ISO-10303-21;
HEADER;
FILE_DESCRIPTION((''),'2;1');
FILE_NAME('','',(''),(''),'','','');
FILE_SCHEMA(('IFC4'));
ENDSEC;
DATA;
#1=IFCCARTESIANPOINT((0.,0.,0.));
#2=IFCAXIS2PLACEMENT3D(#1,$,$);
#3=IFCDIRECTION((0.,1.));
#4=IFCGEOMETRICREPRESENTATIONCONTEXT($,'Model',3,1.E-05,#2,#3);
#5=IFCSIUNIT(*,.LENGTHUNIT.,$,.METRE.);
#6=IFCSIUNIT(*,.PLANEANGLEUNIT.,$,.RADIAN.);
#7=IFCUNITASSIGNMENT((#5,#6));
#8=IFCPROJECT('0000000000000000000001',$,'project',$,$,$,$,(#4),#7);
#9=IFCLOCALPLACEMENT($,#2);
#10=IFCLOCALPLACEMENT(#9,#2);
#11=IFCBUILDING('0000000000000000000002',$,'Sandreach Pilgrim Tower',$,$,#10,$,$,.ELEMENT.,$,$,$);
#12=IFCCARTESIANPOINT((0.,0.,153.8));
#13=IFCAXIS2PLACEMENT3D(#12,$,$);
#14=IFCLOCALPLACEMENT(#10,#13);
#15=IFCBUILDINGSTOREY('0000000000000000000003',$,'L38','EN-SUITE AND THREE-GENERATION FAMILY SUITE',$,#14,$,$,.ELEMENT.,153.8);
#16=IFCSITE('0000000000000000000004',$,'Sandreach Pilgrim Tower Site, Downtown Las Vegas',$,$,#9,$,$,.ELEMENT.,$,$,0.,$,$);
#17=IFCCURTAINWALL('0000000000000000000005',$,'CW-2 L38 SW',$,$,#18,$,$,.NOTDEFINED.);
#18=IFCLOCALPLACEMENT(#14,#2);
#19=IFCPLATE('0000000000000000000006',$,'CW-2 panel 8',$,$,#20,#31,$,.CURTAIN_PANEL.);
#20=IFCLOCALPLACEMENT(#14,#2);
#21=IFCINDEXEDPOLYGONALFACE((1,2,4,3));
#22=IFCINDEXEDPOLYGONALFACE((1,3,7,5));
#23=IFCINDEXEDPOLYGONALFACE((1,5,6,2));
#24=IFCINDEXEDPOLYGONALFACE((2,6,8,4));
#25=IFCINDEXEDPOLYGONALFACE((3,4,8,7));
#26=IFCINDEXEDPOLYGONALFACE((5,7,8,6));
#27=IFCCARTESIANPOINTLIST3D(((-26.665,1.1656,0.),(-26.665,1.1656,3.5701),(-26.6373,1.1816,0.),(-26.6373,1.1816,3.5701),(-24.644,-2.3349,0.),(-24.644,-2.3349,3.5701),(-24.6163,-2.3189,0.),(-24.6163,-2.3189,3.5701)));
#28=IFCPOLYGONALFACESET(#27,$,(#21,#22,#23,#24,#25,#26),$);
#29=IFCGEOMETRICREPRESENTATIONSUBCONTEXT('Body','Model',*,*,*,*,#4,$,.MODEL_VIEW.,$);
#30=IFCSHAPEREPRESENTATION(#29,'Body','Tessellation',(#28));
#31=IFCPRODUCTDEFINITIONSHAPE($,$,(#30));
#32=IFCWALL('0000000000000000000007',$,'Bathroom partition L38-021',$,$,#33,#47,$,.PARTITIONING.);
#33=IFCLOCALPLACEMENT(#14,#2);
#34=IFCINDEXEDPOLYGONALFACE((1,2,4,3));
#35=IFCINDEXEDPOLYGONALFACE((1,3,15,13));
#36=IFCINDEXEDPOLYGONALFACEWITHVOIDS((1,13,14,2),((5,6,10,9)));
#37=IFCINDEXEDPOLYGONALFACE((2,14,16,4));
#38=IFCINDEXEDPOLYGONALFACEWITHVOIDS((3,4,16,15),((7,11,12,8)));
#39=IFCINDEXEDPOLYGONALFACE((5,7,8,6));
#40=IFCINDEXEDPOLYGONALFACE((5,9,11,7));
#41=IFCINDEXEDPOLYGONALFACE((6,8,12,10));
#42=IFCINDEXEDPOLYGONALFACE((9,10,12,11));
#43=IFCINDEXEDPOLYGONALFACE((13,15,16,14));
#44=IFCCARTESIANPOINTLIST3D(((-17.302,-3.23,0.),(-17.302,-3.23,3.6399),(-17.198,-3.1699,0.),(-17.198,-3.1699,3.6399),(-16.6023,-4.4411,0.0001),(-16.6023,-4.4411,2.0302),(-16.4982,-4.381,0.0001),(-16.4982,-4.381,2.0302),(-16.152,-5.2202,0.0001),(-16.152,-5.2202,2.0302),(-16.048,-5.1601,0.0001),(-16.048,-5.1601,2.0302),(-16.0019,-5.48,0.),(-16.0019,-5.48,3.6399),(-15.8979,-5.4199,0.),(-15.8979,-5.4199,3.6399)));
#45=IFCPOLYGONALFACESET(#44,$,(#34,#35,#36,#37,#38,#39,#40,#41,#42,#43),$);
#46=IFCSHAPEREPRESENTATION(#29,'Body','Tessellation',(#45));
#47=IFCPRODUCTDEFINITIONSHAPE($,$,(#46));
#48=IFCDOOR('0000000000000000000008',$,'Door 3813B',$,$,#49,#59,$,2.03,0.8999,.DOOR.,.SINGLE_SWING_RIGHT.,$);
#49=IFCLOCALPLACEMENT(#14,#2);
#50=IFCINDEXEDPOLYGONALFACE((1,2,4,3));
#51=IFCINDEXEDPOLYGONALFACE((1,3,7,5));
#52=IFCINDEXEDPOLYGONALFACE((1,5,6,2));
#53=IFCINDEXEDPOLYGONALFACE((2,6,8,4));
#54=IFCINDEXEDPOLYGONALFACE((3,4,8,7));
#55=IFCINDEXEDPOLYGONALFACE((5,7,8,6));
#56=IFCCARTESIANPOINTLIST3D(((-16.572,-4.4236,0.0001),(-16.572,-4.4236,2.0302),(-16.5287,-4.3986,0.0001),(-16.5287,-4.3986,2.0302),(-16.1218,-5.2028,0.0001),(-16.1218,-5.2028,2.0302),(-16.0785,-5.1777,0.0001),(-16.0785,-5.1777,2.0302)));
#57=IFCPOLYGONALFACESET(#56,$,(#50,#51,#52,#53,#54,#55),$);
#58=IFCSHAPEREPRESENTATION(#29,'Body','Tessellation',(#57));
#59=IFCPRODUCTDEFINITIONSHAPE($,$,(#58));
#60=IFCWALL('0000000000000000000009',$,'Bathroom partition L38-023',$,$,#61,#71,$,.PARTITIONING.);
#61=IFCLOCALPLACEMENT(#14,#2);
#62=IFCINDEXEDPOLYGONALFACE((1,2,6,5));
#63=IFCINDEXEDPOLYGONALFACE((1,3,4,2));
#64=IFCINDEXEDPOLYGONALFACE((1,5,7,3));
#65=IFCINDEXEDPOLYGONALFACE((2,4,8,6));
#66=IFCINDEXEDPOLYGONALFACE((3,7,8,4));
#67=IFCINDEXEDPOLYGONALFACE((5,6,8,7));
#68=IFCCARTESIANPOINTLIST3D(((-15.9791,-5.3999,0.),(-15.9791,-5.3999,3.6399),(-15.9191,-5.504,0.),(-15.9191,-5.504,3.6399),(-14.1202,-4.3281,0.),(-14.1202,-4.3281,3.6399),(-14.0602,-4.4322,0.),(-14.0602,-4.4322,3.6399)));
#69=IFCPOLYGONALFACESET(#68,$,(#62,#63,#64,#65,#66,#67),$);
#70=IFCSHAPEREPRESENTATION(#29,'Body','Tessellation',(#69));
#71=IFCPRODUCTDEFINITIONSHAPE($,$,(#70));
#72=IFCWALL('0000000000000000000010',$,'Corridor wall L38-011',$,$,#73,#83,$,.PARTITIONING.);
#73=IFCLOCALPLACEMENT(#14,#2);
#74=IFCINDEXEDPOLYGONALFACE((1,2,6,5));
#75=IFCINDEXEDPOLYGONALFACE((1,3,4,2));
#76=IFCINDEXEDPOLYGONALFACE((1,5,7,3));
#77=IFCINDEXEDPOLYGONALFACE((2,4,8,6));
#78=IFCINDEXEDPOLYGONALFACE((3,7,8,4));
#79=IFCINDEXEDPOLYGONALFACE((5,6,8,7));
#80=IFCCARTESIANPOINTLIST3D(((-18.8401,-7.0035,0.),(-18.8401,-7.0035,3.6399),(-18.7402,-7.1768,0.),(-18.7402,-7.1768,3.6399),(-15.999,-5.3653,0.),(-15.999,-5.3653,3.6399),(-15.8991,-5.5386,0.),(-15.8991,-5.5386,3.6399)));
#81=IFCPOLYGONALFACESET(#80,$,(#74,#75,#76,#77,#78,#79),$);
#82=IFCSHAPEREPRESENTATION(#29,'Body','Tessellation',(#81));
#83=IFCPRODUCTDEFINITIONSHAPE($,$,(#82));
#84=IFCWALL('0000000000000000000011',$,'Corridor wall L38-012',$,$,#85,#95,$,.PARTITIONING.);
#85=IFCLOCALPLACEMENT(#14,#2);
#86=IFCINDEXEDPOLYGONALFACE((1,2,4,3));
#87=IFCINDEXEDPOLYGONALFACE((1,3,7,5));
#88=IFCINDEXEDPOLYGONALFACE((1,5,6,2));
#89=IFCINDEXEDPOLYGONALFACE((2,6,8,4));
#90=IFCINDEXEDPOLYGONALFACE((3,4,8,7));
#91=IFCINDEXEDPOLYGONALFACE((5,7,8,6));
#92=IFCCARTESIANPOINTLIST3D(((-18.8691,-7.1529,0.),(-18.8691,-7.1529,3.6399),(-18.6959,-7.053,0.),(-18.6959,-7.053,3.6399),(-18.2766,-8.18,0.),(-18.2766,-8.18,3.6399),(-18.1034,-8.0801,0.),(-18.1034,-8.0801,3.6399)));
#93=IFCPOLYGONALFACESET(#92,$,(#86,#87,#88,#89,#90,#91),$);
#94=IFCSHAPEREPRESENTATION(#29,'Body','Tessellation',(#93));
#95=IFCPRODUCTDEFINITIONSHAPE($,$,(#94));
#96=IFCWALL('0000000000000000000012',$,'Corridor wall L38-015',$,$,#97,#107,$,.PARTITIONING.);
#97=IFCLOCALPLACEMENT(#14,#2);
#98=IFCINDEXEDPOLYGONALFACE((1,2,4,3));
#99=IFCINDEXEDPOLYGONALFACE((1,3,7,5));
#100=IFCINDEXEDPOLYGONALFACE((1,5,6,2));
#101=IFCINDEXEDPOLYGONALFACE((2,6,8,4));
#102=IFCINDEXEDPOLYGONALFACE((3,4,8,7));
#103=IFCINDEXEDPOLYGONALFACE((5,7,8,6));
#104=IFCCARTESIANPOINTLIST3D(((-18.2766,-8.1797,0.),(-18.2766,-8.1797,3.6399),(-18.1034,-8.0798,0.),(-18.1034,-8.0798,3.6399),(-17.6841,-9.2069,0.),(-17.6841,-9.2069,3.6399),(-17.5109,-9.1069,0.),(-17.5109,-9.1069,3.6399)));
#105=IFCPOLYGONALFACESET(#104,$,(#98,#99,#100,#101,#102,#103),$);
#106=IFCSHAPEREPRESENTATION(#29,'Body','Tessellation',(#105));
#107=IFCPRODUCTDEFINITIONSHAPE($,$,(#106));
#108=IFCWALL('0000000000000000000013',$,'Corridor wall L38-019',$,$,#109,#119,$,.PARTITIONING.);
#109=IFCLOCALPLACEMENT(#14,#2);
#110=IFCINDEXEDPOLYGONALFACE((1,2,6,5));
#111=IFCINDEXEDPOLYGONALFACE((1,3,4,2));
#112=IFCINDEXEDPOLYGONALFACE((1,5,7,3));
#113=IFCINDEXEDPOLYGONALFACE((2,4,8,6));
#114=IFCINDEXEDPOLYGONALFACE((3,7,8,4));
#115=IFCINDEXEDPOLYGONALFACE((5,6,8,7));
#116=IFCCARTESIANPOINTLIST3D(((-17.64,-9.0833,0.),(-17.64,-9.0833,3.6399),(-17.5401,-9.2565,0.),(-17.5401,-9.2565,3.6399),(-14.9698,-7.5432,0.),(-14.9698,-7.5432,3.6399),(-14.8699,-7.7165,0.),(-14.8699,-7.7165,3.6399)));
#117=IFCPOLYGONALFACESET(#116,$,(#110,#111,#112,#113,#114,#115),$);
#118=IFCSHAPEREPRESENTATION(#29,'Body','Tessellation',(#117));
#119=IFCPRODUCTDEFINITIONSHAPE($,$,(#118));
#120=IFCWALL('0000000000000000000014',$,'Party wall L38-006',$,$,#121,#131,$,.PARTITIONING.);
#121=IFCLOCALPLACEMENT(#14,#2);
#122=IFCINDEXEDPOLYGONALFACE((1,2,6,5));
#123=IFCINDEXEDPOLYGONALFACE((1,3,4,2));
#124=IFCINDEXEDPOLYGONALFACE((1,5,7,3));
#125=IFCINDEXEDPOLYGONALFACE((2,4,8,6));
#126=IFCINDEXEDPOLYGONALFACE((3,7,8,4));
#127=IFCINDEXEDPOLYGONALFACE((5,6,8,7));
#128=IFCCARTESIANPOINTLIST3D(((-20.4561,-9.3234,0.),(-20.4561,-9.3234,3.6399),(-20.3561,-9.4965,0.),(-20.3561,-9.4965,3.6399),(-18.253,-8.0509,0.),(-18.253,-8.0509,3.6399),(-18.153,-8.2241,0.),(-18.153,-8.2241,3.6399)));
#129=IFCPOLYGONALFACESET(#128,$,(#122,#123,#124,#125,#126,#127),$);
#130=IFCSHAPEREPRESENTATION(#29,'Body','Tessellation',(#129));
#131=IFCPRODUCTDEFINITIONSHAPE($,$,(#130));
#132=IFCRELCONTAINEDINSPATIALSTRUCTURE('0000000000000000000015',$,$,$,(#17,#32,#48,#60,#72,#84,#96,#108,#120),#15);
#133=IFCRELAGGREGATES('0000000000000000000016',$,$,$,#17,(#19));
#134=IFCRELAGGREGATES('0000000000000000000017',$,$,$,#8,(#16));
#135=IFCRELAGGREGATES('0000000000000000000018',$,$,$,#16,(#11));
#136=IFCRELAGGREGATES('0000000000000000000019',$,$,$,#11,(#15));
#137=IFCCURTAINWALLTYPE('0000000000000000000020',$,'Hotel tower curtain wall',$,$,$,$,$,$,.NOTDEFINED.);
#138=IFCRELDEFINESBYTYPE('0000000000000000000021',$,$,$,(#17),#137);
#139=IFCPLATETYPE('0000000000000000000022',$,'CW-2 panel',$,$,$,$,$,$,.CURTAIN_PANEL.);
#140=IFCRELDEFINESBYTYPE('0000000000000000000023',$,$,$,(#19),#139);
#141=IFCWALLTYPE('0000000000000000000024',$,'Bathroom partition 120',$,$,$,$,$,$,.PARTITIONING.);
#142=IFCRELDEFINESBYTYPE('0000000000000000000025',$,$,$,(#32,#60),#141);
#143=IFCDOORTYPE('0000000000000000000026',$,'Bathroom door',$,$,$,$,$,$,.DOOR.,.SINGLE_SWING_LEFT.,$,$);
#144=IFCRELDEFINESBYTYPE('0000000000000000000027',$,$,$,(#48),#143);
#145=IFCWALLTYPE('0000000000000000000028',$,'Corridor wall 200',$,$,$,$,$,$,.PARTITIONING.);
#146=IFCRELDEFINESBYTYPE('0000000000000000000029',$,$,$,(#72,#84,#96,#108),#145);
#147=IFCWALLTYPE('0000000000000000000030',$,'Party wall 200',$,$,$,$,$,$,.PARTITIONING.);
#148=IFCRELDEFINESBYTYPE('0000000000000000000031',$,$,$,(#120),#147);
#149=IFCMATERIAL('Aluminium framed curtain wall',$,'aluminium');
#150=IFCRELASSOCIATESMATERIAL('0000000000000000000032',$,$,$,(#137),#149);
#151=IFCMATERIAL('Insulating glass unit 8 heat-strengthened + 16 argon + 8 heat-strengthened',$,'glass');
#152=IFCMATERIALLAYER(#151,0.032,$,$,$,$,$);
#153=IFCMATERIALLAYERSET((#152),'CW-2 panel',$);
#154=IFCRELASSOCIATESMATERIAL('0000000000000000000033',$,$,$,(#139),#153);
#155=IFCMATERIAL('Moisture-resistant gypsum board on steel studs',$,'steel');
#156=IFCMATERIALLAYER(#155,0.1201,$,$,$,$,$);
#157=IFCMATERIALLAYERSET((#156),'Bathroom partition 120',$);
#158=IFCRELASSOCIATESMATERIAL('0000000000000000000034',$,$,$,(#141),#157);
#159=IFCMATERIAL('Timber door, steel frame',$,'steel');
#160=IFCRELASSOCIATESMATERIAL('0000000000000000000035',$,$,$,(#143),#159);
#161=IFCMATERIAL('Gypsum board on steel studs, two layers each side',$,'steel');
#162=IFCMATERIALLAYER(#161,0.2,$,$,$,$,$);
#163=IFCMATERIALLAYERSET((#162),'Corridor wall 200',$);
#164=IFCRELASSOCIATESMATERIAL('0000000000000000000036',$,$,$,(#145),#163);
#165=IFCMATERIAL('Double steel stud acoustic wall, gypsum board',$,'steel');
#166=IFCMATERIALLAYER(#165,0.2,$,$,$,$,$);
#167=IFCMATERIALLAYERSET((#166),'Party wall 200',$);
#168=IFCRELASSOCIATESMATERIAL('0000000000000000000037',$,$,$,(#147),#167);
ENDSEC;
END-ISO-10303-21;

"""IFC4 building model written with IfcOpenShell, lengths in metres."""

from ifc_helpers import new_model, si_unit, direction, frame, frame_2d, origin, origin_2d, place, context, subcontext, project, spatial, rectangle, extrude, material, layer, layer_set, type_object, element, fill, aggregate, save


model = new_model("IFC4")

# Units and contexts
model_context = context("Model", 3, precision=1e-05, world=origin(), true_north=direction((0.0, 1.0)))
body_context = subcontext(model_context, "Body", "Model", "MODEL_VIEW")
ifc_project = project(units=[si_unit("LENGTHUNIT", "METRE"), si_unit("PLANEANGLEUNIT", "RADIAN")], contexts=[model_context])

# Site, building, storey
site_placement = place(None, origin())
site = spatial("IfcSite", under=ifc_project, at=site_placement, Name="Sandreach Pilgrim Tower Site, Downtown Las Vegas", CompositionType="ELEMENT", RefElevation=0.0)
building_placement = place(site_placement, origin())
building = spatial("IfcBuilding", under=site, at=building_placement, Name="Sandreach Pilgrim Tower", CompositionType="ELEMENT")
storey_placement = place(building_placement, frame((0.0, 0.0, 153.8)))
storey = spatial("IfcBuildingStorey", under=building, at=storey_placement, Name="L38", Description="EN-SUITE AND THREE-GENERATION FAMILY SUITE", CompositionType="ELEMENT", Elevation=153.8)

# Curtain wall
ifc_material_1 = material(Name="Aluminium framed curtain wall", Category="aluminium")
curtain_wall_type = type_object("IfcCurtainWallType", Name="Hotel tower curtain wall", PredefinedType="NOTDEFINED", material=ifc_material_1)
curtain_wall_placement = place(storey_placement, origin())
curtain_wall = element("IfcCurtainWall", 1, at=curtain_wall_placement, inside=storey, type_object=curtain_wall_type, Name="CW-2 L38 SW", PredefinedType="NOTDEFINED")

# Plate
ifc_material_2 = material(Name="Insulating glass unit 8 heat-strengthened + 16 argon + 8 heat-strengthened", Category="glass")
ifc_layer_1 = layer(ifc_material_2, 0.032)
ifc_layer_set_1 = layer_set([ifc_layer_1], Name="CW-2 panel")
plate_type = type_object("IfcPlateType", Name="CW-2 panel", PredefinedType="CURTAIN_PANEL", material=ifc_layer_set_1)
plate_1_placement = place(storey_placement, frame((-25.6406, -0.5767, 0.0), z_axis=(0.0, 0.0, 1.0), x_axis=(-0.5, 0.866025, 0.0)))
plate_1 = element("IfcPlate", 2, at=plate_1_placement, type_object=plate_type, Name="CW-2 panel 8", PredefinedType="CURTAIN_PANEL", context=body_context, shape_type="SweptSolid", body=[
    extrude(rectangle(XDim=4.042, YDim=0.032, at=origin_2d()), origin(), (0.0, 0.0, 1.0), 3.5701),
])
aggregate(curtain_wall, [plate_1])

# Wall, opening, door
ifc_material_3 = material(Name="Moisture-resistant gypsum board on steel studs", Category="steel")
ifc_layer_2 = layer(ifc_material_3, 0.1201)
ifc_layer_set_2 = layer_set([ifc_layer_2], Name="Bathroom partition 120")
wall_type_1 = type_object("IfcWallType", Name="Bathroom partition 120", PredefinedType="PARTITIONING", material=ifc_layer_set_2)
wall_1_placement = place(storey_placement, frame((-17.25, -3.2, 0.0), z_axis=(0.0, 0.0, 1.0), x_axis=(0.500292, -0.865857, 0.0)))
wall_1 = element("IfcWall", 3, at=wall_1_placement, inside=storey, type_object=wall_type_1, Name="Bathroom partition L38-021", PredefinedType="PARTITIONING", context=body_context, shape_type="SweptSolid", body=[
    extrude(rectangle(XDim=2.5986, YDim=0.1201, at=frame_2d((1.2993, 0.0))), origin(), (0.0, 0.0, 1.0), 3.6399),
])
opening_placement = place(wall_1_placement, frame((1.3987, 0.0, 0.0)))
opening = element("IfcOpeningElement", 4, at=opening_placement, cuts=wall_1, PredefinedType="OPENING", context=body_context, shape_type="SweptSolid", body=[
    extrude(rectangle(XDim=0.8999, YDim=2.03, at=frame_2d((0.45, 1.0151))), frame((0.0, 0.0601, 0.0), z_axis=(0.0, -1.0, 0.0), x_axis=(1.0, 0.0, 0.0)), (0.0, 0.0, 1.0), 0.1201),
])
ifc_material_4 = material(Name="Timber door, steel frame", Category="steel")
door_type = type_object("IfcDoorType", Name="Bathroom door", OperationType="SINGLE_SWING_LEFT", PredefinedType="DOOR", material=ifc_material_4)
door_placement = place(opening_placement, origin())
door = element("IfcDoor", 5, at=door_placement, inside=storey, type_object=door_type, Name="Door 3813B", OperationType="SINGLE_SWING_RIGHT", OverallHeight=2.03, OverallWidth=0.8999, PredefinedType="DOOR", context=body_context, shape_type="SweptSolid", body=[
    extrude(rectangle(XDim=0.8999, YDim=2.03, at=frame_2d((0.45, 1.0151))), frame((0.0, 0.0249, 0.0), z_axis=(0.0, -1.0, 0.0), x_axis=(1.0, 0.0, 0.0)), (0.0, 0.0, 1.0), 0.05),
])
fill(opening, door)

# Walls
wall_2_placement = place(storey_placement, frame((-15.949, -5.4519, 0.0), z_axis=(0.0, 0.0, 1.0), x_axis=(0.866318, 0.499493, 0.0)))
element("IfcWall", 6, at=wall_2_placement, inside=storey, type_object=wall_type_1, Name="Bathroom partition L38-023", PredefinedType="PARTITIONING", context=body_context, shape_type="SweptSolid", body=[
    extrude(rectangle(XDim=2.1458, YDim=0.1201, at=frame_2d((1.0728, 0.0))), origin(), (0.0, 0.0, 1.0), 3.6399),
])
ifc_material_5 = material(Name="Gypsum board on steel studs, two layers each side", Category="steel")
ifc_layer_3 = layer(ifc_material_5, 0.2)
ifc_layer_set_3 = layer_set([ifc_layer_3], Name="Corridor wall 200")
wall_type_2 = type_object("IfcWallType", Name="Corridor wall 200", PredefinedType="PARTITIONING", material=ifc_layer_set_3)
wall_3_placement = place(storey_placement, frame((-18.79, -7.0901, 0.0), z_axis=(0.0, 0.0, 1.0), x_axis=(0.866303, 0.499518, 0.0)))
element("IfcWall", 7, at=wall_3_placement, inside=storey, type_object=wall_type_2, Name="Corridor wall L38-011", PredefinedType="PARTITIONING", context=body_context, shape_type="SweptSolid", body=[
    extrude(rectangle(XDim=3.2795, YDim=0.2, at=frame_2d((1.6396, 0.0))), origin(), (0.0, 0.0, 1.0), 3.6399),
])
for number, where, z_axis, x_axis, name in (
    (8, (-18.7825, -7.103, 0.0), (0.0, 0.0, 1.0), (0.499705, -0.866196, 0.0), "Corridor wall L38-012"),
    (9, (-18.1899, -8.1299, 0.0), (0.0, 0.0, 1.0), (0.499705, -0.866196, 0.0), "Corridor wall L38-015"),
):
    element("IfcWall", number, at=place(storey_placement, frame(where, z_axis=z_axis, x_axis=x_axis)), inside=storey, type_object=wall_type_2, Name=name, PredefinedType="PARTITIONING", context=body_context, shape_type="SweptSolid", body=[
        extrude(rectangle(XDim=1.1858, YDim=0.2, at=frame_2d((0.5928, 0.0))), origin(), (0.0, 0.0, 1.0), 3.6399),
    ])
wall_4_placement = place(storey_placement, frame((-17.5901, -9.1699, 0.0), z_axis=(0.0, 0.0, 1.0), x_axis=(0.866248, 0.499615, 0.0)))
element("IfcWall", 10, at=wall_4_placement, inside=storey, type_object=wall_type_2, Name="Corridor wall L38-019", PredefinedType="PARTITIONING", context=body_context, shape_type="SweptSolid", body=[
    extrude(rectangle(XDim=3.0825, YDim=0.2, at=frame_2d((1.5413, 0.0))), origin(), (0.0, 0.0, 1.0), 3.6399),
])
ifc_material_6 = material(Name="Double steel stud acoustic wall, gypsum board", Category="steel")
ifc_layer_4 = layer(ifc_material_6, 0.2)
ifc_layer_set_4 = layer_set([ifc_layer_4], Name="Party wall 200")
wall_type_3 = type_object("IfcWallType", Name="Party wall 200", PredefinedType="PARTITIONING", material=ifc_layer_set_4)
wall_5_placement = place(storey_placement, frame((-20.406, -9.4099, 0.0), z_axis=(0.0, 0.0, 1.0), x_axis=(0.865943, 0.500143, 0.0)))
element("IfcWall", 11, at=wall_5_placement, inside=storey, type_object=wall_type_3, Name="Party wall L38-006", PredefinedType="PARTITIONING", context=body_context, shape_type="SweptSolid", body=[
    extrude(rectangle(XDim=2.5442, YDim=0.2, at=frame_2d((1.272, 0.0))), origin(), (0.0, 0.0, 1.0), 3.6399),
])

save(model, "model.ifc")
